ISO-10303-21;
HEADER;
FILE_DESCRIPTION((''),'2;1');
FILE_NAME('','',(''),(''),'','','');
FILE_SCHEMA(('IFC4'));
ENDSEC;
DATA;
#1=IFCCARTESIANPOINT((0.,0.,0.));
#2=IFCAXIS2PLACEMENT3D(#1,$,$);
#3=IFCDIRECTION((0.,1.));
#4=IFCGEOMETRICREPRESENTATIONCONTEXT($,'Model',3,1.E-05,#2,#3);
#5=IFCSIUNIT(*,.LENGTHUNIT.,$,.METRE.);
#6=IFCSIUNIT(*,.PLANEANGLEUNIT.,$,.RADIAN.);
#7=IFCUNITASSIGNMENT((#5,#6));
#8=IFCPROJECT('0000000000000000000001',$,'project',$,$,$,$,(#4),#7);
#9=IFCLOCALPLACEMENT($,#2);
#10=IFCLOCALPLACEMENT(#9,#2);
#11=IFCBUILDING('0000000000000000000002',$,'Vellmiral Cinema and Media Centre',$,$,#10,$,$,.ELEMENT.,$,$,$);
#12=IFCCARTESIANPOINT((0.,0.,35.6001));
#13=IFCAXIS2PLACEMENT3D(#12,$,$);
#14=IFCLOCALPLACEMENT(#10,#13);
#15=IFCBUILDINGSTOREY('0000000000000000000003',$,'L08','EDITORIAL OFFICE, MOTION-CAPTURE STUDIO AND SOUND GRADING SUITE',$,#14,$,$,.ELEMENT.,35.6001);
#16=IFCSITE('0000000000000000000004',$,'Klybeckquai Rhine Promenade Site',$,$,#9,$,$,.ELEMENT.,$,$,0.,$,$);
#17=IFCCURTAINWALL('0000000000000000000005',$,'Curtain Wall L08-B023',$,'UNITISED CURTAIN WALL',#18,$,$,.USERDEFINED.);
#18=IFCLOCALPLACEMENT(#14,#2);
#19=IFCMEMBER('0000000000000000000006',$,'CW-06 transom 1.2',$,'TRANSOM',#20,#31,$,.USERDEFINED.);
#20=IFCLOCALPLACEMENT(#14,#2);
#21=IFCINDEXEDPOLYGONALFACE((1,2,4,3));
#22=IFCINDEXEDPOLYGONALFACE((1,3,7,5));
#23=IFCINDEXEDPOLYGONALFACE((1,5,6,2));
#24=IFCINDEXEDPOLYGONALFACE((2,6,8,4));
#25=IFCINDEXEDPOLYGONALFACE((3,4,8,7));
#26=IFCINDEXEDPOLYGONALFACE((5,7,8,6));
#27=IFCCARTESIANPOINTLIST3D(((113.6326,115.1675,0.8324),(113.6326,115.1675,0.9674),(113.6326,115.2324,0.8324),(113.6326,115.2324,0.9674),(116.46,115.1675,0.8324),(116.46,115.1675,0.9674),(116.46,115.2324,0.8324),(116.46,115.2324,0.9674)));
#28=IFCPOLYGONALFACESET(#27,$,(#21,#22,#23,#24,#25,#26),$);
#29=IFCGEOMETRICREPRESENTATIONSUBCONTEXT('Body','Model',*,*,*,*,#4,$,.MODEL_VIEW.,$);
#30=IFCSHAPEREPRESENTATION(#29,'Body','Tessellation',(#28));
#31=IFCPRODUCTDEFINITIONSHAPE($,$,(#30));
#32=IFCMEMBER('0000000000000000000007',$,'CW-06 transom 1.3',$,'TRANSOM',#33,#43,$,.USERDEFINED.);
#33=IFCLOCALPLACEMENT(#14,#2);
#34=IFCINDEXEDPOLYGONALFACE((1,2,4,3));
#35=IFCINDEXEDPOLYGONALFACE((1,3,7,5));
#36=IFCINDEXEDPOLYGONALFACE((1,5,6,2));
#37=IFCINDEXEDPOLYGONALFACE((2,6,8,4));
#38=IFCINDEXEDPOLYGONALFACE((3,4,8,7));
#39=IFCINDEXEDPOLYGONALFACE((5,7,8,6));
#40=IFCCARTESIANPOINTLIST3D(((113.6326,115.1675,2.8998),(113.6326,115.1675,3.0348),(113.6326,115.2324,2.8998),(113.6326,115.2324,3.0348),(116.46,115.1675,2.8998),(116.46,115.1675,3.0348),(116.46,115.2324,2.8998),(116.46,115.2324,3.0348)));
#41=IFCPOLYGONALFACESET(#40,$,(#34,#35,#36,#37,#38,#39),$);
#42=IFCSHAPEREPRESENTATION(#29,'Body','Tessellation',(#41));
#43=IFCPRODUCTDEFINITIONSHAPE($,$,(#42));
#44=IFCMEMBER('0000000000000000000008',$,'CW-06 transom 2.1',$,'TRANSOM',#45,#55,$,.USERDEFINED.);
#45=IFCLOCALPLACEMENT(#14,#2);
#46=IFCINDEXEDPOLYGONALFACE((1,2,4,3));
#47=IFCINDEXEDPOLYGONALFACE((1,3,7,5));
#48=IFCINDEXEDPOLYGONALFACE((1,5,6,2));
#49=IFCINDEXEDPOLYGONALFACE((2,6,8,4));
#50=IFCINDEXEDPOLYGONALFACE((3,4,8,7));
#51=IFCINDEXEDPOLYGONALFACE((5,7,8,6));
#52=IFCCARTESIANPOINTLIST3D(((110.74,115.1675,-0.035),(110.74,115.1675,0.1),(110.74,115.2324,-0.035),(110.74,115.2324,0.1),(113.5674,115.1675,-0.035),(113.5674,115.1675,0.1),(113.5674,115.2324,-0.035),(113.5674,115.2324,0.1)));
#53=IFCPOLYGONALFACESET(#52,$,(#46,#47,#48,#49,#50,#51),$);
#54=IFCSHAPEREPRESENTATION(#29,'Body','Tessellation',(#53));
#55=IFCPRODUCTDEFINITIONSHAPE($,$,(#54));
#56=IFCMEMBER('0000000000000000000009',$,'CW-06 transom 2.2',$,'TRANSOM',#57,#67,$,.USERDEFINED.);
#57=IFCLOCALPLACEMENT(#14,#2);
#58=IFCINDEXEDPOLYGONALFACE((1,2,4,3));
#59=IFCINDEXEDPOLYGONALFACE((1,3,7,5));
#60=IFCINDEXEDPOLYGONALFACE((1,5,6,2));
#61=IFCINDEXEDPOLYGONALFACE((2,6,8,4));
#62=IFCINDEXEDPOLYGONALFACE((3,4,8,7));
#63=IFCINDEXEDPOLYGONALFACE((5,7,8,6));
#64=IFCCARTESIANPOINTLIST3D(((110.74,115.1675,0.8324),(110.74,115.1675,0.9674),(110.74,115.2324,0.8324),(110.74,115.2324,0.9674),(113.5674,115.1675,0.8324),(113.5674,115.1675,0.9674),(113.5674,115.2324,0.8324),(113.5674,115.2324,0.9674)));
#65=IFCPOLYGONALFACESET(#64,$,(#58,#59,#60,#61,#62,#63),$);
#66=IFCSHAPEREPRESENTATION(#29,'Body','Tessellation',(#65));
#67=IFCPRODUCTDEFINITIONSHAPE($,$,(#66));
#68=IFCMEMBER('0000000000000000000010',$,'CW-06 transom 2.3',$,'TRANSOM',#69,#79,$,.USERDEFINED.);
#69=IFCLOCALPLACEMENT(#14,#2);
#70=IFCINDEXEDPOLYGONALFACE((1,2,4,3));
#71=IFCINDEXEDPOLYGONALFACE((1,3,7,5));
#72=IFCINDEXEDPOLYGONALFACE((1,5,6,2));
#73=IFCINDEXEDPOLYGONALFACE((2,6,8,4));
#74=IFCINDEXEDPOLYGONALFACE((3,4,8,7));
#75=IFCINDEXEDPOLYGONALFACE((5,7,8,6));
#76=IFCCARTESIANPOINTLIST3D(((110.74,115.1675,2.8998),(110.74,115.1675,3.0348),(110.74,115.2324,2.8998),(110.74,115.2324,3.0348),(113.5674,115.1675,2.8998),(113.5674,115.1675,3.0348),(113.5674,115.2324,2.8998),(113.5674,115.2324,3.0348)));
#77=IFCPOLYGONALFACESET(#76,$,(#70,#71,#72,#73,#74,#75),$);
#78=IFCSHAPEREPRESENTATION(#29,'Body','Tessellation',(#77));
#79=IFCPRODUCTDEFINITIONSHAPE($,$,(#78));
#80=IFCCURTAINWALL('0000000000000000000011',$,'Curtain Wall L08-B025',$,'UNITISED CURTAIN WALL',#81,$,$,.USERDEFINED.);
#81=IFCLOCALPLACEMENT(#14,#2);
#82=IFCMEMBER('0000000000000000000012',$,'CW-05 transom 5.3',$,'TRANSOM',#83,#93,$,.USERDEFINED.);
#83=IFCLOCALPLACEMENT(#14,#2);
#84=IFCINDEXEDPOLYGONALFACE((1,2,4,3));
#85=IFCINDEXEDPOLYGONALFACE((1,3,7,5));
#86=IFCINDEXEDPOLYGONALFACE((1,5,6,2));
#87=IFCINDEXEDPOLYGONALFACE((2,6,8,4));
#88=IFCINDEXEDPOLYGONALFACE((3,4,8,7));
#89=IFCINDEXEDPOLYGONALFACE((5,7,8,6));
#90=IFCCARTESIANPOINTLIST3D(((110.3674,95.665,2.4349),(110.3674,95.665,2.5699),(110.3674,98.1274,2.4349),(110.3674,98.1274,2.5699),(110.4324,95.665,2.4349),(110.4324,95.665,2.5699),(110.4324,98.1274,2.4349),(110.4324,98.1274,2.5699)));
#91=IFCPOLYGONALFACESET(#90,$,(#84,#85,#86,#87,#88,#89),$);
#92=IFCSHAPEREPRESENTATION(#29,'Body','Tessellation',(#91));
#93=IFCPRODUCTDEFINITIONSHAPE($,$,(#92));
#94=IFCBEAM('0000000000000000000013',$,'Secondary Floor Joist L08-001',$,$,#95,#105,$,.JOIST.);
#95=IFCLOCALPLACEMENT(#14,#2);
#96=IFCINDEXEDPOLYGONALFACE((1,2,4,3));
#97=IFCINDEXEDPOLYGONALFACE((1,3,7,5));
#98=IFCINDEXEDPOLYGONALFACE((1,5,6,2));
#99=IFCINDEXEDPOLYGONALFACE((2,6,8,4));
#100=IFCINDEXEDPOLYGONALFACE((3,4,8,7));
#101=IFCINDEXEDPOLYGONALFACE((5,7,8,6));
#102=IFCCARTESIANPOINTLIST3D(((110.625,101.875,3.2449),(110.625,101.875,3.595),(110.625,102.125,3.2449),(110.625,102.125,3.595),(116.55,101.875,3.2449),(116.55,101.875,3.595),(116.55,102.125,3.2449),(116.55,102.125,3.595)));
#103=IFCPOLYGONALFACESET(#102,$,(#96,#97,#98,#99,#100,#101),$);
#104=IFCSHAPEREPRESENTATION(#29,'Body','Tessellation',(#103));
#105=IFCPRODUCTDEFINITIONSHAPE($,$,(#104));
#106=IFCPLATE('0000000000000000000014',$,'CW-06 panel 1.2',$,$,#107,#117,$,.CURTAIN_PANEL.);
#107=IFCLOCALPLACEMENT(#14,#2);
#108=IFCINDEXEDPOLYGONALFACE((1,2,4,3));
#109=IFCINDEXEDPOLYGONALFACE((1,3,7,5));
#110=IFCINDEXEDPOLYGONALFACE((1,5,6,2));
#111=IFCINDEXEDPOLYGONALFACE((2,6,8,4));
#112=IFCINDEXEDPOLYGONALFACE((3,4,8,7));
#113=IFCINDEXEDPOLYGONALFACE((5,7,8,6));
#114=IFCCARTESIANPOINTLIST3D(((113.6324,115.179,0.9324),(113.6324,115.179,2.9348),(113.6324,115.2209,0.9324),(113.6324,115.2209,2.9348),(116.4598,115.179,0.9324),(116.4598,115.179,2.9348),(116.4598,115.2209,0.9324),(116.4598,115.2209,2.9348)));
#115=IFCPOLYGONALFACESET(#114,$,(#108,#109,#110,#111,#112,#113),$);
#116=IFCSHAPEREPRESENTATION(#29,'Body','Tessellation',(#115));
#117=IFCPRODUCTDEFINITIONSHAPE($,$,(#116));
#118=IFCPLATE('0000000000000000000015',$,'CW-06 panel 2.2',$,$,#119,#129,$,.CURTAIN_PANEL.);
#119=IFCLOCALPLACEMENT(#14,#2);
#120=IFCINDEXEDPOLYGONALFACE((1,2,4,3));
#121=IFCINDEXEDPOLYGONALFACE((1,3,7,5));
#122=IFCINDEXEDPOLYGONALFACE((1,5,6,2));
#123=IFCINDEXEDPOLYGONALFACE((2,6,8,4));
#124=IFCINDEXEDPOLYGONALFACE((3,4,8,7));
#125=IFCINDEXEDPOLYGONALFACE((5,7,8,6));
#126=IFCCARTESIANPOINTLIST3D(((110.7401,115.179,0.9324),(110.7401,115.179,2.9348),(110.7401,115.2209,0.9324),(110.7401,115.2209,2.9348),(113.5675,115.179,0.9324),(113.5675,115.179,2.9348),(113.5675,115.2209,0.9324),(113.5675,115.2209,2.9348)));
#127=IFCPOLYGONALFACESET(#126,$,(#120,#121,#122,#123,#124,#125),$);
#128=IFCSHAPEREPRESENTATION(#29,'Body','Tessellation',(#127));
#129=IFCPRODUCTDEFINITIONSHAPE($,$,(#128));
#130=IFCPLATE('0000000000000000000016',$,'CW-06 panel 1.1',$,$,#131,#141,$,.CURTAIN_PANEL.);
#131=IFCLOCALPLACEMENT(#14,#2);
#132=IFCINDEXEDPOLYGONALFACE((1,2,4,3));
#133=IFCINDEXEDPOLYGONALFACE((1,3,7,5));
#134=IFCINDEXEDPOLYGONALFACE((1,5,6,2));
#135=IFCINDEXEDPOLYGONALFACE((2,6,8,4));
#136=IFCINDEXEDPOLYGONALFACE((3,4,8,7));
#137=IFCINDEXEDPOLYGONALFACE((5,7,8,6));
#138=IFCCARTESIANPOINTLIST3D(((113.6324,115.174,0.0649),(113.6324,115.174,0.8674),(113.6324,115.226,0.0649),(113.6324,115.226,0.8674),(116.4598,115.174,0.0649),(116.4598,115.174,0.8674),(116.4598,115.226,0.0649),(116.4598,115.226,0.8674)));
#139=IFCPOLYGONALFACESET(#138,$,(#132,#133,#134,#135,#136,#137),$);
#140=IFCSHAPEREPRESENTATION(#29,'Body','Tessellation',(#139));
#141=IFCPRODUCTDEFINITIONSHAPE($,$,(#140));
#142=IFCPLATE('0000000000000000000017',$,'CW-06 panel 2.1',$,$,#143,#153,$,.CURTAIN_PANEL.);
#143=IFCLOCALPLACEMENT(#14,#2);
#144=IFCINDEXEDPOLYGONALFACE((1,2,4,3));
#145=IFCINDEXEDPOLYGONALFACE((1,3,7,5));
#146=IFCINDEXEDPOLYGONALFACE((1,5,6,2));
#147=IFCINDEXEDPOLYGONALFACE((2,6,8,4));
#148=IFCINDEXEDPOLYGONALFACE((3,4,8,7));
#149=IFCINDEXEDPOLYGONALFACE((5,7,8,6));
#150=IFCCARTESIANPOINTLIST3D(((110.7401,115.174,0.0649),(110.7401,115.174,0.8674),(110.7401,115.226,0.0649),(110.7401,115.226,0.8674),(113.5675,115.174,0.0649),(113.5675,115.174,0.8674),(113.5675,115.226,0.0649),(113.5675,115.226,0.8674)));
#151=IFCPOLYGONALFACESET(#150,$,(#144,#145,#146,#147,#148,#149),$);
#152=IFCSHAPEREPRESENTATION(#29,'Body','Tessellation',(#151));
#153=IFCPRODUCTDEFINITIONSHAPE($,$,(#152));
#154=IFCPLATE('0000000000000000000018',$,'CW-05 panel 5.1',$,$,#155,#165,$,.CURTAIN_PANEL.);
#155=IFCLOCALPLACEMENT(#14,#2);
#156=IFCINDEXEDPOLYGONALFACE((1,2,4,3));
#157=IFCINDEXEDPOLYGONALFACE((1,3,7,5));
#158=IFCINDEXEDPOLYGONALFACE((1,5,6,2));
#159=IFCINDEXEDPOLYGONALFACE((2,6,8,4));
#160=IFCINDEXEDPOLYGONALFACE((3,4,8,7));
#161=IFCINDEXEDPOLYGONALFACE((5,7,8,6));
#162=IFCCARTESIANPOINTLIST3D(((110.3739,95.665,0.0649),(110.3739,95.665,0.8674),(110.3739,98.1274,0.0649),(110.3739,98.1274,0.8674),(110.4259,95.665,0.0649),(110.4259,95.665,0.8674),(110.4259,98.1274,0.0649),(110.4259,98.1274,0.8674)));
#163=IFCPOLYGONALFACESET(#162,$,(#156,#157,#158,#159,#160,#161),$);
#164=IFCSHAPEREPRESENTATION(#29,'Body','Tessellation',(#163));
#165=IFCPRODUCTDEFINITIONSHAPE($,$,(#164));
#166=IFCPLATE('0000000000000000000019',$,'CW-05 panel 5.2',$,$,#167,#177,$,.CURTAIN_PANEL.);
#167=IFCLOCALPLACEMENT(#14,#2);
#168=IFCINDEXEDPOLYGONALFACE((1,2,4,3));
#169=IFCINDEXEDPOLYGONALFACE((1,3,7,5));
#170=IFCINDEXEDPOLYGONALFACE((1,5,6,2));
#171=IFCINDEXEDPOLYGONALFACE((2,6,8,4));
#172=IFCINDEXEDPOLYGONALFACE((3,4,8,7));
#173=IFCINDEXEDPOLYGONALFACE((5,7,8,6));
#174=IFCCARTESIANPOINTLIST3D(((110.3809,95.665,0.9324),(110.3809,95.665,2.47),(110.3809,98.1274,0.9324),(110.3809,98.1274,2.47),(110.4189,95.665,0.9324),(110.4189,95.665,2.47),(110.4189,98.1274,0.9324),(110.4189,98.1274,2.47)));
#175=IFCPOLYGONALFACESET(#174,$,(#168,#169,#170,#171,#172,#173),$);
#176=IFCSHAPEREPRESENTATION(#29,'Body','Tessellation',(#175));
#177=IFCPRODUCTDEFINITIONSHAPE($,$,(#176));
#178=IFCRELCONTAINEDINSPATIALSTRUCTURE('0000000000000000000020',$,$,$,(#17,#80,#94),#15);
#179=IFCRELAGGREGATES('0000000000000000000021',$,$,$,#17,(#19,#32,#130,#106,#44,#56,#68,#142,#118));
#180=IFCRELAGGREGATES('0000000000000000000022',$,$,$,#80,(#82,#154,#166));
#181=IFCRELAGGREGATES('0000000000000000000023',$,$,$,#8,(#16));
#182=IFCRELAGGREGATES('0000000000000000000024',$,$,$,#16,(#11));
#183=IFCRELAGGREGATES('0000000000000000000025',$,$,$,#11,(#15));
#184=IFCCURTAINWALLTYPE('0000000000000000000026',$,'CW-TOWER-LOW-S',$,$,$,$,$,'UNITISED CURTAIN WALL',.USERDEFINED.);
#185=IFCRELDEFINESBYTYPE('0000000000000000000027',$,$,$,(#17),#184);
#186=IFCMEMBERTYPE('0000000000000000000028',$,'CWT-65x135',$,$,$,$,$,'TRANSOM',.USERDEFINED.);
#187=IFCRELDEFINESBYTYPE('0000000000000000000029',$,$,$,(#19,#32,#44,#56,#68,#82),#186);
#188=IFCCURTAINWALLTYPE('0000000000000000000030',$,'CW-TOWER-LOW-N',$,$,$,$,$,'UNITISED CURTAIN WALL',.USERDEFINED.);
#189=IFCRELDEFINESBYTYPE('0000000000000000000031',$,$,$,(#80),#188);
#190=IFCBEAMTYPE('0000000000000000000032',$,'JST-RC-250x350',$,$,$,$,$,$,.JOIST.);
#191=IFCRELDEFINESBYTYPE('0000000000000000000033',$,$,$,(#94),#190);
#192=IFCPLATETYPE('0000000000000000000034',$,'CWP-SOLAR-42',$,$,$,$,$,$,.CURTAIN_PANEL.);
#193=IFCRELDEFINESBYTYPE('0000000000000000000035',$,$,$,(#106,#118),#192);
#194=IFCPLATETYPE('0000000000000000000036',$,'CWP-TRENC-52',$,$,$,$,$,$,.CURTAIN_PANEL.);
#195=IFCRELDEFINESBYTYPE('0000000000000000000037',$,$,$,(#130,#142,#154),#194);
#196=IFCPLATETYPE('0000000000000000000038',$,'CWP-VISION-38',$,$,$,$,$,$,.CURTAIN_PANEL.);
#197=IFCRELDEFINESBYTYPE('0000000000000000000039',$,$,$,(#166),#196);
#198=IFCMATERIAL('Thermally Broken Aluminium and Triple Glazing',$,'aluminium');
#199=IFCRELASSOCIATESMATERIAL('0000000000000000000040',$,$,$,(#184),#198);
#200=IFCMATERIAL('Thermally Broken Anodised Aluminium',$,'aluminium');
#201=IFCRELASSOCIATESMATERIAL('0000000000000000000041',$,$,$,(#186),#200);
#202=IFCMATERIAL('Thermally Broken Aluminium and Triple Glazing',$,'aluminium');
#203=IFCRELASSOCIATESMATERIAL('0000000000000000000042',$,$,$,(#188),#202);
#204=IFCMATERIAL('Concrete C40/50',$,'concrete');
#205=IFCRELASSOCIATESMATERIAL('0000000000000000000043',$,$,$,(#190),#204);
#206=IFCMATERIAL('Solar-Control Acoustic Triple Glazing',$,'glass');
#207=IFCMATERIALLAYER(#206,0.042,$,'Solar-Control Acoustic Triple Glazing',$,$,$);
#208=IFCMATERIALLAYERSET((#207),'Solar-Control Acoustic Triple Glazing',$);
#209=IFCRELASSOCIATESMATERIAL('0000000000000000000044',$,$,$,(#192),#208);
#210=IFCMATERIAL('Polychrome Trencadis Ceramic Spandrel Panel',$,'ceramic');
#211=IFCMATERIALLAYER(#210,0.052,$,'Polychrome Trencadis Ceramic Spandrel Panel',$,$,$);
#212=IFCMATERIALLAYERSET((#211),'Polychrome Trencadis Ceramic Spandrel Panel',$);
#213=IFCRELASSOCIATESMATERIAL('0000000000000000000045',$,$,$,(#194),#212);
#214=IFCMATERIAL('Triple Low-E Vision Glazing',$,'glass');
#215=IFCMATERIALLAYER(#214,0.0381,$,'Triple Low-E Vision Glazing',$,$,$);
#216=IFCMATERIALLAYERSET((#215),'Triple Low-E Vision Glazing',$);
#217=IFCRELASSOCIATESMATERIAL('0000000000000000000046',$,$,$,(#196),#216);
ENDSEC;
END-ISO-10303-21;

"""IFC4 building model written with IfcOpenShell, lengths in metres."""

from ifc_helpers import new_model, si_unit, direction, frame, origin, origin_2d, place, context, subcontext, project, spatial, rectangle, extrude, material, layer, layer_set, material_profile, profile_set, type_object, element, aggregate, save


model = new_model("IFC4")

# Units and contexts
model_context = context("Model", 3, precision=1e-05, world=origin(), true_north=direction((0.0, 1.0)))
body_context = subcontext(model_context, "Body", "Model", "MODEL_VIEW")
ifc_project = project(units=[si_unit("LENGTHUNIT", "METRE"), si_unit("PLANEANGLEUNIT", "RADIAN")], contexts=[model_context])

# Site, building, storey
site_placement = place(None, origin())
site = spatial("IfcSite", under=ifc_project, at=site_placement, Name="Klybeckquai Rhine Promenade Site", CompositionType="ELEMENT", RefElevation=0.0)
building_placement = place(site_placement, origin())
building = spatial("IfcBuilding", under=site, at=building_placement, Name="Vellmiral Cinema and Media Centre", CompositionType="ELEMENT")
storey_placement = place(building_placement, frame((0.0, 0.0, 35.6001)))
storey = spatial("IfcBuildingStorey", under=building, at=storey_placement, Name="L08", Description="EDITORIAL OFFICE, MOTION-CAPTURE STUDIO AND SOUND GRADING SUITE", CompositionType="ELEMENT", Elevation=35.6001)

# Curtain wall, members
ifc_material_1 = material(Name="Thermally Broken Aluminium and Triple Glazing", Category="aluminium")
curtain_wall_type_1 = type_object("IfcCurtainWallType", Name="CW-TOWER-LOW-S", ElementType="UNITISED CURTAIN WALL", PredefinedType="USERDEFINED", material=ifc_material_1)
curtain_wall_1_placement = place(storey_placement, origin())
curtain_wall_1 = element("IfcCurtainWall", 1, at=curtain_wall_1_placement, inside=storey, type_object=curtain_wall_type_1, Name="Curtain Wall L08-B023", ObjectType="UNITISED CURTAIN WALL", PredefinedType="USERDEFINED")
ifc_material_2 = material(Name="Thermally Broken Anodised Aluminium", Category="aluminium")
ifc_material_profile_1 = material_profile(ifc_material_2, rectangle(XDim=0.0649, YDim=0.135, at=origin_2d()), Name="MULL 65x135")
ifc_profile_set_1 = profile_set([ifc_material_profile_1], Name="Thermally Broken Anodised Aluminium")
member_type_1 = type_object("IfcMemberType", Name="CWT-65x135", ElementType="TRANSOM", PredefinedType="USERDEFINED", material=ifc_profile_set_1)
member_1_placement = place(storey_placement, frame((116.46, 115.2, 0.8999), z_axis=(-1.0, 0.0, 0.0), x_axis=(0.0, -1.0, 0.0)))
member_1 = element("IfcMember", 2, at=member_1_placement, type_object=member_type_1, Name="CW-06 transom 1.2", ObjectType="TRANSOM", PredefinedType="USERDEFINED", context=body_context, shape_type="SweptSolid", body=[
    extrude(rectangle(XDim=0.0649, YDim=0.135, at=origin_2d()), origin(), (0.0, 0.0, 1.0), 2.8274),
])
member_2_placement = place(storey_placement, frame((116.46, 115.2, 2.9673), z_axis=(-1.0, 0.0, 0.0), x_axis=(0.0, -1.0, 0.0)))
member_2 = element("IfcMember", 3, at=member_2_placement, type_object=member_type_1, Name="CW-06 transom 1.3", ObjectType="TRANSOM", PredefinedType="USERDEFINED", context=body_context, shape_type="SweptSolid", body=[
    extrude(rectangle(XDim=0.0649, YDim=0.135, at=origin_2d()), origin(), (0.0, 0.0, 1.0), 2.8274),
])
member_3_placement = place(storey_placement, frame((113.5674, 115.2, 0.0325), z_axis=(-1.0, 0.0, 0.0), x_axis=(0.0, -1.0, 0.0)))
member_3 = element("IfcMember", 4, at=member_3_placement, type_object=member_type_1, Name="CW-06 transom 2.1", ObjectType="TRANSOM", PredefinedType="USERDEFINED", context=body_context, shape_type="SweptSolid", body=[
    extrude(rectangle(XDim=0.0649, YDim=0.135, at=origin_2d()), origin(), (0.0, 0.0, 1.0), 2.8274),
])
member_4_placement = place(storey_placement, frame((113.5674, 115.2, 0.8999), z_axis=(-1.0, 0.0, 0.0), x_axis=(0.0, -1.0, 0.0)))
member_4 = element("IfcMember", 5, at=member_4_placement, type_object=member_type_1, Name="CW-06 transom 2.2", ObjectType="TRANSOM", PredefinedType="USERDEFINED", context=body_context, shape_type="SweptSolid", body=[
    extrude(rectangle(XDim=0.0649, YDim=0.135, at=origin_2d()), origin(), (0.0, 0.0, 1.0), 2.8274),
])
member_5_placement = place(storey_placement, frame((113.5674, 115.2, 2.9673), z_axis=(-1.0, 0.0, 0.0), x_axis=(0.0, -1.0, 0.0)))
member_5 = element("IfcMember", 6, at=member_5_placement, type_object=member_type_1, Name="CW-06 transom 2.3", ObjectType="TRANSOM", PredefinedType="USERDEFINED", context=body_context, shape_type="SweptSolid", body=[
    extrude(rectangle(XDim=0.0649, YDim=0.135, at=origin_2d()), origin(), (0.0, 0.0, 1.0), 2.8274),
])

# Curtain wall, member
ifc_material_3 = material(Name="Thermally Broken Aluminium and Triple Glazing", Category="aluminium")
curtain_wall_type_2 = type_object("IfcCurtainWallType", Name="CW-TOWER-LOW-N", ElementType="UNITISED CURTAIN WALL", PredefinedType="USERDEFINED", material=ifc_material_3)
curtain_wall_2_placement = place(storey_placement, origin())
curtain_wall_2 = element("IfcCurtainWall", 7, at=curtain_wall_2_placement, inside=storey, type_object=curtain_wall_type_2, Name="Curtain Wall L08-B025", ObjectType="UNITISED CURTAIN WALL", PredefinedType="USERDEFINED")
member_6_placement = place(storey_placement, frame((110.3999, 98.1274, 2.5024), z_axis=(0.0, -1.0, 0.0), x_axis=(1.0, 0.0, 0.0)))
member_6 = element("IfcMember", 8, at=member_6_placement, type_object=member_type_1, Name="CW-05 transom 5.3", ObjectType="TRANSOM", PredefinedType="USERDEFINED", context=body_context, shape_type="SweptSolid", body=[
    extrude(rectangle(XDim=0.0649, YDim=0.135, at=origin_2d()), origin(), (0.0, 0.0, 1.0), 2.4624),
])

# Beam
ifc_material_4 = material(Name="Concrete C40/50", Category="concrete")
ifc_material_profile_2 = material_profile(ifc_material_4, rectangle(XDim=0.25, YDim=0.3501, at=origin_2d()), Name="RC 250x350")
ifc_profile_set_2 = profile_set([ifc_material_profile_2], Name="Concrete C40/50")
beam_type = type_object("IfcBeamType", Name="JST-RC-250x350", PredefinedType="JOIST", material=ifc_profile_set_2)
beam_placement = place(storey_placement, frame((110.625, 102.0, 3.4199), z_axis=(1.0, 0.0, 0.0), x_axis=(0.0, 1.0, 0.0)))
element("IfcBeam", 9, at=beam_placement, inside=storey, type_object=beam_type, Name="Secondary Floor Joist L08-001", PredefinedType="JOIST", context=body_context, shape_type="SweptSolid", body=[
    extrude(rectangle(XDim=0.25, YDim=0.3501, at=origin_2d()), origin(), (0.0, 0.0, 1.0), 5.925),
])

# Plates
ifc_material_5 = material(Name="Solar-Control Acoustic Triple Glazing", Category="glass")
ifc_layer_1 = layer(ifc_material_5, 0.042, Name="Solar-Control Acoustic Triple Glazing")
ifc_layer_set_1 = layer_set([ifc_layer_1], Name="Solar-Control Acoustic Triple Glazing")
plate_type_1 = type_object("IfcPlateType", Name="CWP-SOLAR-42", PredefinedType="CURTAIN_PANEL", material=ifc_layer_set_1)
plate_1_placement = place(storey_placement, frame((115.0461, 115.2, 0.9324), z_axis=(0.0, 0.0, 1.0), x_axis=(-1.0, 0.0, 0.0)))
plate_1 = element("IfcPlate", 10, at=plate_1_placement, type_object=plate_type_1, Name="CW-06 panel 1.2", PredefinedType="CURTAIN_PANEL", context=body_context, shape_type="SweptSolid", body=[
    extrude(rectangle(XDim=2.8274, YDim=0.042, at=origin_2d()), origin(), (0.0, 0.0, 1.0), 2.0024),
])
plate_2_placement = place(storey_placement, frame((112.1538, 115.2, 0.9324), z_axis=(0.0, 0.0, 1.0), x_axis=(-1.0, 0.0, 0.0)))
plate_2 = element("IfcPlate", 11, at=plate_2_placement, type_object=plate_type_1, Name="CW-06 panel 2.2", PredefinedType="CURTAIN_PANEL", context=body_context, shape_type="SweptSolid", body=[
    extrude(rectangle(XDim=2.8274, YDim=0.042, at=origin_2d()), origin(), (0.0, 0.0, 1.0), 2.0024),
])
ifc_material_6 = material(Name="Polychrome Trencadis Ceramic Spandrel Panel", Category="ceramic")
ifc_layer_2 = layer(ifc_material_6, 0.052, Name="Polychrome Trencadis Ceramic Spandrel Panel")
ifc_layer_set_2 = layer_set([ifc_layer_2], Name="Polychrome Trencadis Ceramic Spandrel Panel")
plate_type_2 = type_object("IfcPlateType", Name="CWP-TRENC-52", PredefinedType="CURTAIN_PANEL", material=ifc_layer_set_2)
plate_3_placement = place(storey_placement, frame((115.0461, 115.2, 0.0649), z_axis=(0.0, 0.0, 1.0), x_axis=(-1.0, 0.0, 0.0)))
plate_3 = element("IfcPlate", 12, at=plate_3_placement, type_object=plate_type_2, Name="CW-06 panel 1.1", PredefinedType="CURTAIN_PANEL", context=body_context, shape_type="SweptSolid", body=[
    extrude(rectangle(XDim=2.8274, YDim=0.052, at=origin_2d()), origin(), (0.0, 0.0, 1.0), 0.8025),
])
plate_4_placement = place(storey_placement, frame((112.1538, 115.2, 0.0649), z_axis=(0.0, 0.0, 1.0), x_axis=(-1.0, 0.0, 0.0)))
plate_4 = element("IfcPlate", 13, at=plate_4_placement, type_object=plate_type_2, Name="CW-06 panel 2.1", PredefinedType="CURTAIN_PANEL", context=body_context, shape_type="SweptSolid", body=[
    extrude(rectangle(XDim=2.8274, YDim=0.052, at=origin_2d()), origin(), (0.0, 0.0, 1.0), 0.8025),
])
aggregate(curtain_wall_1, [member_1, member_2, plate_3, plate_1, member_3, member_4, member_5, plate_4, plate_2])
plate_5_placement = place(storey_placement, frame((110.3999, 96.8962, 0.0649), z_axis=(0.0, 0.0, 1.0), x_axis=(0.0, -1.0, 0.0)))
plate_5 = element("IfcPlate", 14, at=plate_5_placement, type_object=plate_type_2, Name="CW-05 panel 5.1", PredefinedType="CURTAIN_PANEL", context=body_context, shape_type="SweptSolid", body=[
    extrude(rectangle(XDim=2.4624, YDim=0.052, at=origin_2d()), origin(), (0.0, 0.0, 1.0), 0.8025),
])
ifc_material_7 = material(Name="Triple Low-E Vision Glazing", Category="glass")
ifc_layer_3 = layer(ifc_material_7, 0.0381, Name="Triple Low-E Vision Glazing")
ifc_layer_set_3 = layer_set([ifc_layer_3], Name="Triple Low-E Vision Glazing")
plate_type_3 = type_object("IfcPlateType", Name="CWP-VISION-38", PredefinedType="CURTAIN_PANEL", material=ifc_layer_set_3)
plate_6_placement = place(storey_placement, frame((110.3999, 96.8962, 0.9324), z_axis=(0.0, 0.0, 1.0), x_axis=(0.0, -1.0, 0.0)))
plate_6 = element("IfcPlate", 15, at=plate_6_placement, type_object=plate_type_3, Name="CW-05 panel 5.2", PredefinedType="CURTAIN_PANEL", context=body_context, shape_type="SweptSolid", body=[
    extrude(rectangle(XDim=2.4624, YDim=0.0381, at=origin_2d()), origin(), (0.0, 0.0, 1.0), 1.5376),
])
aggregate(curtain_wall_2, [member_6, plate_5, plate_6])

save(model, "model.ifc")
